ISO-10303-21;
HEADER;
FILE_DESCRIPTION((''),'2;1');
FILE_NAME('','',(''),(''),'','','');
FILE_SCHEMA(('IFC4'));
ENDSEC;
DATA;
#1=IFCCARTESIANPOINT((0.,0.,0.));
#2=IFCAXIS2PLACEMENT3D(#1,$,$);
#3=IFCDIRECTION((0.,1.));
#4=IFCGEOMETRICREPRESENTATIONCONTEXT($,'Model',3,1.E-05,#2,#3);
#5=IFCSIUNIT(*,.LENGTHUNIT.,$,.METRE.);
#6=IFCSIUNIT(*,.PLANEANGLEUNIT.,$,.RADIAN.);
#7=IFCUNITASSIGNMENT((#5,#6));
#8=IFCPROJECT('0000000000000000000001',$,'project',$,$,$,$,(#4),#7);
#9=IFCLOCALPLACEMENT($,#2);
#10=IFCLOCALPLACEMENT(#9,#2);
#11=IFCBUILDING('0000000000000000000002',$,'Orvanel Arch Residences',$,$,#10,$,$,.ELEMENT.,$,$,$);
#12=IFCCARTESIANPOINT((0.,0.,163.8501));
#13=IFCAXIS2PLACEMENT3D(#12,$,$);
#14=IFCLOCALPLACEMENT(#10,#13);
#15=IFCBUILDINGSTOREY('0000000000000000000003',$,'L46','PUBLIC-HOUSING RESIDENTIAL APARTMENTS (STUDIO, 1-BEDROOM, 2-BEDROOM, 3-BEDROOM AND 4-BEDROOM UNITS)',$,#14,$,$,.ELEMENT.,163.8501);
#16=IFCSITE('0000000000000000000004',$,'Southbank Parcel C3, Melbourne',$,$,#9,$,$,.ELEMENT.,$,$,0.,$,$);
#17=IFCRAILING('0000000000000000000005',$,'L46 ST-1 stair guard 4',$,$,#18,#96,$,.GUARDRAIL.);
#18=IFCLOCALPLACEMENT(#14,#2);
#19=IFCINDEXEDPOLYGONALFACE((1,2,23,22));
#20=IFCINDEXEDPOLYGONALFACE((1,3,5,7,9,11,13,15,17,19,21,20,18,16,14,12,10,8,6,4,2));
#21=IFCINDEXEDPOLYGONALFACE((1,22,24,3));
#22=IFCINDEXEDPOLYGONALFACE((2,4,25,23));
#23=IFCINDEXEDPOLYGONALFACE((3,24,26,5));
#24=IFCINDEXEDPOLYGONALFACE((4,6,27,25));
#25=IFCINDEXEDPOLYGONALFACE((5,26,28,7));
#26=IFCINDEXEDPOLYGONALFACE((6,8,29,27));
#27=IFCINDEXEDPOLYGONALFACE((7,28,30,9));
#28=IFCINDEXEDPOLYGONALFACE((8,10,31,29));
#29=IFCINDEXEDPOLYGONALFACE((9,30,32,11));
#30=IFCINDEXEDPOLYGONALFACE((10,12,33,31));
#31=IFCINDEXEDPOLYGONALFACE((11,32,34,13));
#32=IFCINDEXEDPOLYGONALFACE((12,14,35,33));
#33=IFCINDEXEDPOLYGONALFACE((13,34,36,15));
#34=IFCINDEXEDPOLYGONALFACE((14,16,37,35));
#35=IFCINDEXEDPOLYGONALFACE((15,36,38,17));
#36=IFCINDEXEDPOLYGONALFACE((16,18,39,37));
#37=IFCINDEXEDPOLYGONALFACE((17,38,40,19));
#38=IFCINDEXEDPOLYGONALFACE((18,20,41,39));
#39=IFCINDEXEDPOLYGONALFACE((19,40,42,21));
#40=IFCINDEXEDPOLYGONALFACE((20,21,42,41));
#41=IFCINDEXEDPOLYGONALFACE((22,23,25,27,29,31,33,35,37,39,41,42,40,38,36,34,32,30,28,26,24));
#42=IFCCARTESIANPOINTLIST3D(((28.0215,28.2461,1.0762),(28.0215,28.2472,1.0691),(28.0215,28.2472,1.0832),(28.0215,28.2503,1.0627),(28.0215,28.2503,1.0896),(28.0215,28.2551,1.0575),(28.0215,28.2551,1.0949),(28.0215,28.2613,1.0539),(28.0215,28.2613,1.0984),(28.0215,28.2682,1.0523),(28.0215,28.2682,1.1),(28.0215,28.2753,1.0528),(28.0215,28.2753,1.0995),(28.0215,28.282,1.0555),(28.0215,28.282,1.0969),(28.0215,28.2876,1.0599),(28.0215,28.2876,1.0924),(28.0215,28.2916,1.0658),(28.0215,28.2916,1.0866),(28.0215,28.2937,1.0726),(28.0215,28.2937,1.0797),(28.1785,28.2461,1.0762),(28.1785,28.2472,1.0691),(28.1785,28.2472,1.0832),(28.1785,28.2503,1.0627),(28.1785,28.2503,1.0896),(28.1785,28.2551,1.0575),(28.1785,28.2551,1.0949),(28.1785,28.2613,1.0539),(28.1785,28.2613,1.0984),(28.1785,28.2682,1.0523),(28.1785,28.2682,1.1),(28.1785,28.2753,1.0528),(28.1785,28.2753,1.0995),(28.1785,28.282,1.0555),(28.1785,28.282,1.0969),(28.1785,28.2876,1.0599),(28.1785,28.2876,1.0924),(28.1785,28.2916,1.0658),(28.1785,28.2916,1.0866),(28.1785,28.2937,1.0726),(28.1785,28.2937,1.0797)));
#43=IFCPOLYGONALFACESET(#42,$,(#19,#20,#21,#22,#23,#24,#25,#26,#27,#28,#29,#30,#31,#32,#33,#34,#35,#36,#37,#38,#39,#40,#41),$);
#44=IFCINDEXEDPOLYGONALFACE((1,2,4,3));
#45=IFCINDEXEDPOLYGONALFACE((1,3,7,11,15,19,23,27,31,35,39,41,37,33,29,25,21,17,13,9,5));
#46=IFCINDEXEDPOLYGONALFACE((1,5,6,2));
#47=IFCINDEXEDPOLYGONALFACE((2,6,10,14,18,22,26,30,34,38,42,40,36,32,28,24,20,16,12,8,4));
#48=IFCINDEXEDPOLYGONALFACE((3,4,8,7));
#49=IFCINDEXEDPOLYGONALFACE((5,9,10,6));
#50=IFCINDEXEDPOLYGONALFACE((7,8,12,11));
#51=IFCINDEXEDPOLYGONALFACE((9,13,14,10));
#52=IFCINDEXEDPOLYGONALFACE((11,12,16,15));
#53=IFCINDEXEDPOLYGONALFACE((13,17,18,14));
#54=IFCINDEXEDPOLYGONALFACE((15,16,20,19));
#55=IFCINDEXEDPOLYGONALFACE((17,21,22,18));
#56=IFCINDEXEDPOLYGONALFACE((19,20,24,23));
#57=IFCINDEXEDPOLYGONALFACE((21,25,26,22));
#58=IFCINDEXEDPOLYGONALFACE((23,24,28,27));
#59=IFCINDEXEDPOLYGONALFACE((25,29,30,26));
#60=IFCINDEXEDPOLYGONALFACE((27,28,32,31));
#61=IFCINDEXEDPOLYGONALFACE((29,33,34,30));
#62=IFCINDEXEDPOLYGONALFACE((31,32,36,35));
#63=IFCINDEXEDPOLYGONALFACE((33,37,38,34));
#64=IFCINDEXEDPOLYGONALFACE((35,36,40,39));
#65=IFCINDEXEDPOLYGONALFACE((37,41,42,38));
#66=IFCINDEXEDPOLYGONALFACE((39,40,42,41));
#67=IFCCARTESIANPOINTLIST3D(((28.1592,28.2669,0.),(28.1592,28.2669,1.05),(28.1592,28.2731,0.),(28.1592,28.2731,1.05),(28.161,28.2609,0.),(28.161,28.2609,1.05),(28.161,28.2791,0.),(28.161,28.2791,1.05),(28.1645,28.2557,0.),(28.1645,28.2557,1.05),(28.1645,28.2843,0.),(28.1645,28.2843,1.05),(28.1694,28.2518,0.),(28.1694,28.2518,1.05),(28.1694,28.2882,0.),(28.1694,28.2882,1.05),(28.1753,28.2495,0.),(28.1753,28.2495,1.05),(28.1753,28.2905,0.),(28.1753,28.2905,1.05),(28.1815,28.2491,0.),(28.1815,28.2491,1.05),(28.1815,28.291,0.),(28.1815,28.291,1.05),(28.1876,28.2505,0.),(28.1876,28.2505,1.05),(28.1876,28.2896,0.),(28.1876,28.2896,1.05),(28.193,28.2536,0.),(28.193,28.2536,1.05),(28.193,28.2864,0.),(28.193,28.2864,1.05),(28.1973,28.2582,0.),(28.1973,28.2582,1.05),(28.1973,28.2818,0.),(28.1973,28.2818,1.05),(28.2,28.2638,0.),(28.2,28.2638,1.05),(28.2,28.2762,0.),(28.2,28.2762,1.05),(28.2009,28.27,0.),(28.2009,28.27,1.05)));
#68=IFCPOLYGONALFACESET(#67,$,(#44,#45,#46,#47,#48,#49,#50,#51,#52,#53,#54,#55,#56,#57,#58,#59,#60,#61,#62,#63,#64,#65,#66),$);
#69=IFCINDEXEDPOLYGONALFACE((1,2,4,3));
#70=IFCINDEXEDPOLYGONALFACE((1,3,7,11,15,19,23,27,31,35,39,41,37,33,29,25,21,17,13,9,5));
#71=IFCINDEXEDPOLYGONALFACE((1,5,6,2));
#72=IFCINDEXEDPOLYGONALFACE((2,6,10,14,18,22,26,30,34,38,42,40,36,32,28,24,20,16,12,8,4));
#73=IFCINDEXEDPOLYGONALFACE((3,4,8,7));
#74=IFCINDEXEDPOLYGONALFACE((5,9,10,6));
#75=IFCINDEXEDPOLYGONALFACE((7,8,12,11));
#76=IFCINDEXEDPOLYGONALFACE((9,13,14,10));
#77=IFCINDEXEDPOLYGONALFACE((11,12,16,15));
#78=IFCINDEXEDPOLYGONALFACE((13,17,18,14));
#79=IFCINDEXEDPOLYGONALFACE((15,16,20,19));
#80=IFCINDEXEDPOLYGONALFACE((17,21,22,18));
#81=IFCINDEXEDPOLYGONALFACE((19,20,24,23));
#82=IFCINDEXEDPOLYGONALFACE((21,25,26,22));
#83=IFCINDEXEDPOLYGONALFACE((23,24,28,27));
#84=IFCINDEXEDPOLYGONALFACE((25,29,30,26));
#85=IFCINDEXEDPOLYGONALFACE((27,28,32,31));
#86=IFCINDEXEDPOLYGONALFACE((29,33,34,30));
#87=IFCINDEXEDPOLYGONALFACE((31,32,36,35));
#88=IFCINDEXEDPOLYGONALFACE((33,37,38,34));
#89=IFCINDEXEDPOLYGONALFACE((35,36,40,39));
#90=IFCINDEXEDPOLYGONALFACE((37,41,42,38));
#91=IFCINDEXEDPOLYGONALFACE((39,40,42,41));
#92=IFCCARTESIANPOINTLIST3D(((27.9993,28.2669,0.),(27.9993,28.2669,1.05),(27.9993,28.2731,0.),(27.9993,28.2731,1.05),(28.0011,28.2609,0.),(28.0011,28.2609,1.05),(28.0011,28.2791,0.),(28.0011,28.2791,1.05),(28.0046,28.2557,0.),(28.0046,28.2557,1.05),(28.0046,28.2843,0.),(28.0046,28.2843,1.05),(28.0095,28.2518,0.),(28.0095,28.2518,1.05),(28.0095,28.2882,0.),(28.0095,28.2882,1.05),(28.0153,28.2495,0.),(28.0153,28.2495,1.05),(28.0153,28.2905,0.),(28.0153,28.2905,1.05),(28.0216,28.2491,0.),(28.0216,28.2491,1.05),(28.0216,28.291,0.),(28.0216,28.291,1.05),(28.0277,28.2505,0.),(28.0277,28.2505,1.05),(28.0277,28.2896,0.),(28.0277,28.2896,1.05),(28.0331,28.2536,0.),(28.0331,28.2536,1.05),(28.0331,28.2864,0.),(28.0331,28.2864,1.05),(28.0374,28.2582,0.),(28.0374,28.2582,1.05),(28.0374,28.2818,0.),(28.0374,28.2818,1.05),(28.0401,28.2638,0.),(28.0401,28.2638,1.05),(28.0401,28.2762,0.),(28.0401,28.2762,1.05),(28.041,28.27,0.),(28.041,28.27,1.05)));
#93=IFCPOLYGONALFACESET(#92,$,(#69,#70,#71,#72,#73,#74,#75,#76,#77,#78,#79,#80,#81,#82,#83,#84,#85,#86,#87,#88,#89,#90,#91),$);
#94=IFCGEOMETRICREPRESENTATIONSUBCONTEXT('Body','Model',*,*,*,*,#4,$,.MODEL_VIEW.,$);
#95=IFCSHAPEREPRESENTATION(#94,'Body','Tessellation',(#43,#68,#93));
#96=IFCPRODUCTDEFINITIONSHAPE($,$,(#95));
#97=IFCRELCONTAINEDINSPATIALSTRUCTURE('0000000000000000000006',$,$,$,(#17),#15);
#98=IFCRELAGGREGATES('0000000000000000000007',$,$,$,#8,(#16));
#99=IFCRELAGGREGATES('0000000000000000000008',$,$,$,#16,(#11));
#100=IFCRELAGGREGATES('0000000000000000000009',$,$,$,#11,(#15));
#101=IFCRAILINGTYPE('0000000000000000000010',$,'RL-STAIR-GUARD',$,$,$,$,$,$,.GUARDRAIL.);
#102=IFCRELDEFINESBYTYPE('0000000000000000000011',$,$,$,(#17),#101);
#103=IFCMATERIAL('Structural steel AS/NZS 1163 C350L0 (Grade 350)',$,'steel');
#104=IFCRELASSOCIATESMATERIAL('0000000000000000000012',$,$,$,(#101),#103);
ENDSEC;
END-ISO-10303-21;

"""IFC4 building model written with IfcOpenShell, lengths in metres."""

from ifc_helpers import new_model, si_unit, direction, frame, origin, origin_2d, place, context, subcontext, project, spatial, circle, extrude, material, type_object, element, save


model = new_model("IFC4")

# Units and contexts
model_context = context("Model", 3, precision=1e-05, world=origin(), true_north=direction((0.0, 1.0)))
body_context = subcontext(model_context, "Body", "Model", "MODEL_VIEW")
ifc_project = project(units=[si_unit("LENGTHUNIT", "METRE"), si_unit("PLANEANGLEUNIT", "RADIAN")], contexts=[model_context])

# Site, building, storey
site_placement = place(None, origin())
site = spatial("IfcSite", under=ifc_project, at=site_placement, Name="Southbank Parcel C3, Melbourne", CompositionType="ELEMENT", RefElevation=0.0)
building_placement = place(site_placement, origin())
building = spatial("IfcBuilding", under=site, at=building_placement, Name="Orvanel Arch Residences", CompositionType="ELEMENT")
storey_placement = place(building_placement, frame((0.0, 0.0, 163.8501)))
storey = spatial("IfcBuildingStorey", under=building, at=storey_placement, Name="L46", Description="PUBLIC-HOUSING RESIDENTIAL APARTMENTS (STUDIO, 1-BEDROOM, 2-BEDROOM, 3-BEDROOM AND 4-BEDROOM UNITS)", CompositionType="ELEMENT", Elevation=163.8501)

# Railing
ifc_material_1 = material(Name="Structural steel AS/NZS 1163 C350L0 (Grade 350)", Category="steel")
railing_type_1 = type_object("IfcRailingType", Name="RL-STAIR-GUARD", PredefinedType="GUARDRAIL", material=ifc_material_1)
railing_1_placement = place(storey_placement, frame((28.1799, 28.27, 0.0)))
element("IfcRailing", 1, at=railing_1_placement, inside=storey, type_object=railing_type_1, Name="L46 ST-1 stair guard 4", PredefinedType="GUARDRAIL", context=body_context, shape_type="SweptSolid", body=[
    extrude(circle(Radius=0.0239, at=origin_2d()), frame((-0.0015, 0.0, 1.0762), z_axis=(-1.0, 0.0, 0.0), x_axis=(0.0, -1.0, 0.0)), (0.0, 0.0, 1.0), 0.157),
    extrude(circle(Radius=0.021, at=origin_2d()), origin(), (0.0, 0.0, 1.0), 1.05),
    extrude(circle(Radius=0.021, at=origin_2d()), frame((-0.1599, 0.0, 0.0)), (0.0, 0.0, 1.0), 1.05),
])

save(model, "model.ifc")
